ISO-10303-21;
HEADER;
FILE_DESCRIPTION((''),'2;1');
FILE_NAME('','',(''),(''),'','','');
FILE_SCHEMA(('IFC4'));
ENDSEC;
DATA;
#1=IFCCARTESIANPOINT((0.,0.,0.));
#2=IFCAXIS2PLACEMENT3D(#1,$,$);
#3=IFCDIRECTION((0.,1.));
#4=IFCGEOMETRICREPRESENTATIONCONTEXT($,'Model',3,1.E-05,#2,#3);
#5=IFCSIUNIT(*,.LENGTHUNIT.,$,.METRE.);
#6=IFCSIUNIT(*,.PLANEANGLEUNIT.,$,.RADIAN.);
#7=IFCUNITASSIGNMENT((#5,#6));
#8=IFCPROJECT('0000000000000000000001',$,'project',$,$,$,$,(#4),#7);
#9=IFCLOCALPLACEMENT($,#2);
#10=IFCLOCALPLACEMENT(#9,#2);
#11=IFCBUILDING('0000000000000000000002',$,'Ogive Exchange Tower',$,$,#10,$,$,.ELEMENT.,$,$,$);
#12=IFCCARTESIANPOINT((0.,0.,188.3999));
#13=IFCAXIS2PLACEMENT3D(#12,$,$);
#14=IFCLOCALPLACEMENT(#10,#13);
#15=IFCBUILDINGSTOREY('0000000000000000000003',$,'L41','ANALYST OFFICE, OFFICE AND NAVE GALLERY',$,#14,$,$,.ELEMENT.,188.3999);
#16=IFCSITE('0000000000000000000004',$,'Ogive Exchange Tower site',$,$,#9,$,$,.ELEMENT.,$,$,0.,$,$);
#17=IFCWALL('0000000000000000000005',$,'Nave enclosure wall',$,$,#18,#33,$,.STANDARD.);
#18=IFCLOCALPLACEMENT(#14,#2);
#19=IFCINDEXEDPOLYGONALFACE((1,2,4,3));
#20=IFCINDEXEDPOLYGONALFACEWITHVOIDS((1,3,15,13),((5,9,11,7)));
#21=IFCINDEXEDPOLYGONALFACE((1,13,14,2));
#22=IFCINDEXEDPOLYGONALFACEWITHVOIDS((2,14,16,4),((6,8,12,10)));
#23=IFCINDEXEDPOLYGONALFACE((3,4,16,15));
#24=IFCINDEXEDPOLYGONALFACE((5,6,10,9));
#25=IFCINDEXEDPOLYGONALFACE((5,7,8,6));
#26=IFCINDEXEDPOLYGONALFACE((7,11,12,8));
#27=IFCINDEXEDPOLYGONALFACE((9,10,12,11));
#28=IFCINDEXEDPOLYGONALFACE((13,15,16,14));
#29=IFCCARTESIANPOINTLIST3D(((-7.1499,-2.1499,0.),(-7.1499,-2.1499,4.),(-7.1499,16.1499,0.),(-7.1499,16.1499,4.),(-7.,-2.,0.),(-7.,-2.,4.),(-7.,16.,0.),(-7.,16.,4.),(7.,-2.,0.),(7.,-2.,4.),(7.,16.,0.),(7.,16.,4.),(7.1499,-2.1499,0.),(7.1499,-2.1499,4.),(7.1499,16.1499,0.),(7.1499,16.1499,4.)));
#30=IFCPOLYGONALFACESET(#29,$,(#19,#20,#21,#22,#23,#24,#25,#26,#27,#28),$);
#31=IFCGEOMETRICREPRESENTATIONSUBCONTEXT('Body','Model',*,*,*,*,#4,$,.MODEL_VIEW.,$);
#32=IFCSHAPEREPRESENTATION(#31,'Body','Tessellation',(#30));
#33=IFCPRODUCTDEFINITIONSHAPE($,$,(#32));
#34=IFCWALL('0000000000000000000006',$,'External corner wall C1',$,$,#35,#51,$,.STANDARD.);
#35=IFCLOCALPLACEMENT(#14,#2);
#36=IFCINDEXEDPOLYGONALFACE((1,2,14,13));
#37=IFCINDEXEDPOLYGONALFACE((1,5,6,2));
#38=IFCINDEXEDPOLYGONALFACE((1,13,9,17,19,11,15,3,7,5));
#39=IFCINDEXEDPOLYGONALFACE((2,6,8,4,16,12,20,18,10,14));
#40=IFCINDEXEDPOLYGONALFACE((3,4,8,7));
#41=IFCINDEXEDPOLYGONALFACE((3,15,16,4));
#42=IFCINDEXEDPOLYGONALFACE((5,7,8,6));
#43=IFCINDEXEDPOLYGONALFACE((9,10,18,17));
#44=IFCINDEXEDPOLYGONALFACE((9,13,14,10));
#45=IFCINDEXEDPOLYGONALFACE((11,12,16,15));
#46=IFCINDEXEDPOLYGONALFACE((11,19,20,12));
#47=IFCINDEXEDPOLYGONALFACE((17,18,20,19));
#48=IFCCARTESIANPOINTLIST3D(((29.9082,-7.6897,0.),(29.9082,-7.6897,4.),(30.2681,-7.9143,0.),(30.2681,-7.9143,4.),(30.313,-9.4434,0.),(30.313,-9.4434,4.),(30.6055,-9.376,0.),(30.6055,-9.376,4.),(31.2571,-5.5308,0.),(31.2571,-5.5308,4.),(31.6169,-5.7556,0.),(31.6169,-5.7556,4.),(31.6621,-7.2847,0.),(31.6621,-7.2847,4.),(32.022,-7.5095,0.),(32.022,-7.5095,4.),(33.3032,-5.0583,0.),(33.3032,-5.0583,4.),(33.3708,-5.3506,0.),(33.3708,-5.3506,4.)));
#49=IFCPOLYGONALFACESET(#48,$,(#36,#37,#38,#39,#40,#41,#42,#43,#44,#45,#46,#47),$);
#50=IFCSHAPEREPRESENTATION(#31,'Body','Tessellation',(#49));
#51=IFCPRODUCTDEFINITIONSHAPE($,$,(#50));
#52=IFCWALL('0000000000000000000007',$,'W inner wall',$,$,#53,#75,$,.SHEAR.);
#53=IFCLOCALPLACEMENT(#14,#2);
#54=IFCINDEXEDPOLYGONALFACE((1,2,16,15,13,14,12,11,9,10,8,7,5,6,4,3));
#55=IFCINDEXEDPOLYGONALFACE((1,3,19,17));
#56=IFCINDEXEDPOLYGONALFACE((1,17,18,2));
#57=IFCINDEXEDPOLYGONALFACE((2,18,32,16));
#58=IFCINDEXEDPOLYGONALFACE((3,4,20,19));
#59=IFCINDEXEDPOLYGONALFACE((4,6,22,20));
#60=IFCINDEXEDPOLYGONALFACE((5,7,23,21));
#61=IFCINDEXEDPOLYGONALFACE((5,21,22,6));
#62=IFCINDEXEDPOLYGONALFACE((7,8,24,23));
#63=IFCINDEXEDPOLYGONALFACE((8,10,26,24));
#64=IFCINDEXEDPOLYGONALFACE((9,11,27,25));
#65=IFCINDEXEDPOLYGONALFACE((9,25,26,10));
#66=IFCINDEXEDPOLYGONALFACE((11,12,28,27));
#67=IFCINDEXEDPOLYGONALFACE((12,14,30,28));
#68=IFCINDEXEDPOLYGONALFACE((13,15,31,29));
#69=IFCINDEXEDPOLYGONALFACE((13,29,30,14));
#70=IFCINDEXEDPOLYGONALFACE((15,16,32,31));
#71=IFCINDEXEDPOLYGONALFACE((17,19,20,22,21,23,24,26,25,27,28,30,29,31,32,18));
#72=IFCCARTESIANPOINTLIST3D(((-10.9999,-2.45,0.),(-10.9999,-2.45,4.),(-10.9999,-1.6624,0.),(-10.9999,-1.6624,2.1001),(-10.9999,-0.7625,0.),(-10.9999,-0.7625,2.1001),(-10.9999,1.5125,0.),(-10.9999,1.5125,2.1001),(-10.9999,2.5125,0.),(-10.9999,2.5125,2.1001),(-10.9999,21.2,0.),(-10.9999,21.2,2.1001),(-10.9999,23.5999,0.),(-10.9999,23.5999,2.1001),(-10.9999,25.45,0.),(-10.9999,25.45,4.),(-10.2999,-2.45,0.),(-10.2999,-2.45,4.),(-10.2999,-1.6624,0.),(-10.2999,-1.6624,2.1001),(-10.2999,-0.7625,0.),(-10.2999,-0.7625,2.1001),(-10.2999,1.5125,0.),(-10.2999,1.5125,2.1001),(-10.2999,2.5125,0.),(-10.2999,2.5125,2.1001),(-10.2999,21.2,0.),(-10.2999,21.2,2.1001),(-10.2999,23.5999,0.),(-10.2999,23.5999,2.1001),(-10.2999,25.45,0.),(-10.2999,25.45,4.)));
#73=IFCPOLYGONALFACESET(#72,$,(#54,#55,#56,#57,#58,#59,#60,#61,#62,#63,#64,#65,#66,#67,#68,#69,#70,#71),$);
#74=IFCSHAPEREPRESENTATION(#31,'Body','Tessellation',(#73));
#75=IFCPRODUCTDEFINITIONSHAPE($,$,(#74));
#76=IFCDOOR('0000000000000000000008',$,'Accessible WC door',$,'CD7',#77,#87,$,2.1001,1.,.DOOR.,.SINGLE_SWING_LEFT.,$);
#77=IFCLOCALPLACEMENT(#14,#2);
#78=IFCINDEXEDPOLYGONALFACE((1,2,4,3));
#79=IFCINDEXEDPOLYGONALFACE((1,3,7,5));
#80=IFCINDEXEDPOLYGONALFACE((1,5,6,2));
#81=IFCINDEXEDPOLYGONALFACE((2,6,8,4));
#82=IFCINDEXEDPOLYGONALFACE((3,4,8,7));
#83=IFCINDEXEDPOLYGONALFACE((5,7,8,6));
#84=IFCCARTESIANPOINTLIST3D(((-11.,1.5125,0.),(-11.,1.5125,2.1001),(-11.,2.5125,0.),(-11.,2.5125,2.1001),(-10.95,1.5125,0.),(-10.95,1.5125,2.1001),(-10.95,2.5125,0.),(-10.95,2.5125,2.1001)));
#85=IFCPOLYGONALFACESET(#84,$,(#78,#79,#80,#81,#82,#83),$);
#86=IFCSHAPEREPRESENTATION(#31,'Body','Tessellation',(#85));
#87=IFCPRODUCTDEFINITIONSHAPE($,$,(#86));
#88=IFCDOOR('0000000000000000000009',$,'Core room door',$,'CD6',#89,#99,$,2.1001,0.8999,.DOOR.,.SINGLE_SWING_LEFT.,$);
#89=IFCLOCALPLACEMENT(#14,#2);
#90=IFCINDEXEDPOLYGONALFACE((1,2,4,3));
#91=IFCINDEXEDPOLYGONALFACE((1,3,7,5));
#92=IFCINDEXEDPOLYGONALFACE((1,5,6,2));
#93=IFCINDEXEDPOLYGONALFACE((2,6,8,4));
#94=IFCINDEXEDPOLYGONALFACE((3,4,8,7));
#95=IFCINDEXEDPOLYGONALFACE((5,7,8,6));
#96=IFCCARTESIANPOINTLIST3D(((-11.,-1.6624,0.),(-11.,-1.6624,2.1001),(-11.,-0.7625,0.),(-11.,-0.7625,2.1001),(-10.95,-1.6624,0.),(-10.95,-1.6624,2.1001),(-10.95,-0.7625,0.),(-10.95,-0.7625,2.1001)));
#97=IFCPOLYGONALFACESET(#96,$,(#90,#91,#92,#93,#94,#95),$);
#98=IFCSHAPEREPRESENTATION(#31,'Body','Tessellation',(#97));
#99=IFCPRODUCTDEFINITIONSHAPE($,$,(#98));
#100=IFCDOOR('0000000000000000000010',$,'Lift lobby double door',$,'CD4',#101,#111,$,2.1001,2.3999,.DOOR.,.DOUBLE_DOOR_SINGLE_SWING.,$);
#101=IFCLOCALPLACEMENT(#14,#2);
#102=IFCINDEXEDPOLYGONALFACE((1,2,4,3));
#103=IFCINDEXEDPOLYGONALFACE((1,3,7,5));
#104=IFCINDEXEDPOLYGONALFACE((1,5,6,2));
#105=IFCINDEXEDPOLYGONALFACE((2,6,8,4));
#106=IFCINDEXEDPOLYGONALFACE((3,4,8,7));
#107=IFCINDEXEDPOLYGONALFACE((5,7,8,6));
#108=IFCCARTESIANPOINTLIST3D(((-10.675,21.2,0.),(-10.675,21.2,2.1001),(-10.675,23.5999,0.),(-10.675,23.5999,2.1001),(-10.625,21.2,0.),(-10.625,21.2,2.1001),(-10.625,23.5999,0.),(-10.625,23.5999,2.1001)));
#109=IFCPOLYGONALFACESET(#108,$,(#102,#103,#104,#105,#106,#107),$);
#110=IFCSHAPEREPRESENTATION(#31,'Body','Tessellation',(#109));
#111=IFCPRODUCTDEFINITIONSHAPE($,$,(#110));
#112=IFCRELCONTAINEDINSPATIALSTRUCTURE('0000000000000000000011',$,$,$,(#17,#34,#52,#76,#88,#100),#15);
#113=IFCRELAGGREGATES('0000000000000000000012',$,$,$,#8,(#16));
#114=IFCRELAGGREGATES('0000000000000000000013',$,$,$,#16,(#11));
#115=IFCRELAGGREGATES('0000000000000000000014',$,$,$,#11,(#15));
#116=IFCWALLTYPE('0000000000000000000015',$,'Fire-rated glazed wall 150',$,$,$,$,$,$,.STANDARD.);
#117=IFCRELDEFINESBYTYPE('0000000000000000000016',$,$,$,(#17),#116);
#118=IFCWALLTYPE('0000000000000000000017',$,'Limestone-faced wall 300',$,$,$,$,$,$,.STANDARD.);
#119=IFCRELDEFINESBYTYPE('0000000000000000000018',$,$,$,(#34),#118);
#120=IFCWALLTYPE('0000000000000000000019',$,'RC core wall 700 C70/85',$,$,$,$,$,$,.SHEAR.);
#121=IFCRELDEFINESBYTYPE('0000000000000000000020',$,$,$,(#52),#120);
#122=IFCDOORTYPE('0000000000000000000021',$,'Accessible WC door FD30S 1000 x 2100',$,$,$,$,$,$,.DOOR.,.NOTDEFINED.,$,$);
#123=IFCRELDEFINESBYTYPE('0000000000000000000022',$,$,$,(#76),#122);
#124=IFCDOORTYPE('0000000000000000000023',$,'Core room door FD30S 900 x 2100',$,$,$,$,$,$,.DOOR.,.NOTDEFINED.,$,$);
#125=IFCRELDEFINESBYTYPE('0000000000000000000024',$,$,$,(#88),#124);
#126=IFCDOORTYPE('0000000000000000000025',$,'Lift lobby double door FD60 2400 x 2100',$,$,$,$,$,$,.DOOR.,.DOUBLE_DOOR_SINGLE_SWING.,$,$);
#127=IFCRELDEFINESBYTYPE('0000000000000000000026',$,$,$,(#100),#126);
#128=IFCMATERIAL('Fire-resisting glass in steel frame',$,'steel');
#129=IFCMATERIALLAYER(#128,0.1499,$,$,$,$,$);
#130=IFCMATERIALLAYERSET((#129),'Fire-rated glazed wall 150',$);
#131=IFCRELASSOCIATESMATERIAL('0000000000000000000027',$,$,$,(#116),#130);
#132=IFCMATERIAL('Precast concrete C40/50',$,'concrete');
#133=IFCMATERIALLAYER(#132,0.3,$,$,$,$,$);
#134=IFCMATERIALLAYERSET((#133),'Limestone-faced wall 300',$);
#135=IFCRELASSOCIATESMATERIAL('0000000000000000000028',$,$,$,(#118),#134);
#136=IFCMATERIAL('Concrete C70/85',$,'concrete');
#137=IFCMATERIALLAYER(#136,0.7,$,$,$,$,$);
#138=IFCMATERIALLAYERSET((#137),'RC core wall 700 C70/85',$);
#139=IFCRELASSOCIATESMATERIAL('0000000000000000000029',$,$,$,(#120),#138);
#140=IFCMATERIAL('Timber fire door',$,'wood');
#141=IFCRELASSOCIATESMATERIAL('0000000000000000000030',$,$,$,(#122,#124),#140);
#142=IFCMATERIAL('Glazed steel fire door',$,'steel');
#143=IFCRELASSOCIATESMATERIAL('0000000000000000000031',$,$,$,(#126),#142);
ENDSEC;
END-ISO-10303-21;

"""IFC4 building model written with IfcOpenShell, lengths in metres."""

from ifc_helpers import new_model, si_unit, direction, frame, frame_2d, origin, place, context, subcontext, project, spatial, polyline, rectangle, outline, extrude, material, layer, layer_set, type_object, element, fill, save


model = new_model("IFC4")

# Units and contexts
model_context = context("Model", 3, precision=1e-05, world=origin(), true_north=direction((0.0, 1.0)))
body_context = subcontext(model_context, "Body", "Model", "MODEL_VIEW")
ifc_project = project(units=[si_unit("LENGTHUNIT", "METRE"), si_unit("PLANEANGLEUNIT", "RADIAN")], contexts=[model_context])

# Site, building, storey
site_placement = place(None, origin())
site = spatial("IfcSite", under=ifc_project, at=site_placement, Name="Ogive Exchange Tower site", CompositionType="ELEMENT", RefElevation=0.0)
building_placement = place(site_placement, origin())
building = spatial("IfcBuilding", under=site, at=building_placement, Name="Ogive Exchange Tower", CompositionType="ELEMENT")
storey_placement = place(building_placement, frame((0.0, 0.0, 188.3999)))
storey = spatial("IfcBuildingStorey", under=building, at=storey_placement, Name="L41", Description="ANALYST OFFICE, OFFICE AND NAVE GALLERY", CompositionType="ELEMENT", Elevation=188.3999)

# Walls
ifc_material_1 = material(Name="Fire-resisting glass in steel frame", Category="steel")
ifc_layer_1 = layer(ifc_material_1, 0.1499)
ifc_layer_set_1 = layer_set([ifc_layer_1], Name="Fire-rated glazed wall 150")
wall_type_1 = type_object("IfcWallType", Name="Fire-rated glazed wall 150", PredefinedType="STANDARD", material=ifc_layer_set_1)
wall_1_placement = place(storey_placement, origin())
element("IfcWall", 1, at=wall_1_placement, inside=storey, type_object=wall_type_1, Name="Nave enclosure wall", PredefinedType="STANDARD", context=body_context, shape_type="SweptSolid", body=[
    extrude(outline(polyline([(-7.1499, -2.1499), (7.1499, -2.1499), (7.1499, 16.1499), (-7.1499, 16.1499), (-7.1499, -2.1499)]), holes=[polyline([(-7.0, -2.0), (-7.0, 16.0), (7.0, 16.0), (7.0, -2.0), (-7.0, -2.0)])]), origin(), (0.0, 0.0, 1.0), 4.0),
])
ifc_material_2 = material(Name="Precast concrete C40/50", Category="concrete")
ifc_layer_2 = layer(ifc_material_2, 0.3)
ifc_layer_set_2 = layer_set([ifc_layer_2], Name="Limestone-faced wall 300")
wall_type_2 = type_object("IfcWallType", Name="Limestone-faced wall 300", PredefinedType="STANDARD", material=ifc_layer_set_2)
wall_2_placement = place(storey_placement, origin())
element("IfcWall", 2, at=wall_2_placement, inside=storey, type_object=wall_type_2, Name="External corner wall C1", PredefinedType="STANDARD", context=body_context, shape_type="SweptSolid", body=[
    extrude(outline(polyline([(31.6621, -7.2847), (31.2571, -5.5308), (33.3032, -5.0583), (33.3708, -5.3506), (31.6169, -5.7556), (32.022, -7.5095), (30.2681, -7.9143), (30.6055, -9.376), (30.313, -9.4434), (29.9082, -7.6897), (31.6621, -7.2847)])), origin(), (0.0, 0.0, 1.0), 4.0),
])

# Wall, openings, doors
ifc_material_3 = material(Name="Concrete C70/85", Category="concrete")
ifc_layer_3 = layer(ifc_material_3, 0.7)
ifc_layer_set_3 = layer_set([ifc_layer_3], Name="RC core wall 700 C70/85")
wall_type_3 = type_object("IfcWallType", Name="RC core wall 700 C70/85", PredefinedType="SHEAR", material=ifc_layer_set_3)
wall_3_placement = place(storey_placement, frame((-10.6499, -2.45, 0.0), z_axis=(0.0, 0.0, 1.0), x_axis=(0.0, 1.0, 0.0)))
wall_3 = element("IfcWall", 3, at=wall_3_placement, inside=storey, type_object=wall_type_3, Name="W inner wall", PredefinedType="SHEAR", context=body_context, shape_type="SweptSolid", body=[
    extrude(rectangle(XDim=27.8999, YDim=0.7, at=frame_2d((13.95, 0.0))), origin(), (0.0, 0.0, 1.0), 4.0),
])
opening_1_placement = place(wall_3_placement, frame((23.6499, 0.0, 0.0)))
opening_1 = element("IfcOpeningElement", 4, at=opening_1_placement, cuts=wall_3, PredefinedType="OPENING", context=body_context, shape_type="SweptSolid", body=[
    extrude(rectangle(XDim=2.3999, YDim=2.1001, at=frame_2d((1.2, 1.05))), frame((0.0, 0.3599, 0.0), z_axis=(0.0, -1.0, 0.0), x_axis=(1.0, 0.0, 0.0)), (0.0, 0.0, 1.0), 0.72),
])
opening_2_placement = place(wall_3_placement, frame((0.7876, 0.0, 0.0)))
opening_2 = element("IfcOpeningElement", 5, at=opening_2_placement, cuts=wall_3, PredefinedType="OPENING", context=body_context, shape_type="SweptSolid", body=[
    extrude(rectangle(XDim=0.8999, YDim=2.1001, at=frame_2d((0.45, 1.05))), frame((0.0, 0.3599, 0.0), z_axis=(0.0, -1.0, 0.0), x_axis=(1.0, 0.0, 0.0)), (0.0, 0.0, 1.0), 0.72),
])
opening_3_placement = place(wall_3_placement, frame((3.9624, 0.0, 0.0)))
opening_3 = element("IfcOpeningElement", 6, at=opening_3_placement, cuts=wall_3, PredefinedType="OPENING", context=body_context, shape_type="SweptSolid", body=[
    extrude(rectangle(XDim=1.0, YDim=2.1001, at=frame_2d((0.5, 1.05))), frame((0.0, 0.3599, 0.0), z_axis=(0.0, -1.0, 0.0), x_axis=(1.0, 0.0, 0.0)), (0.0, 0.0, 1.0), 0.72),
])
ifc_material_4 = material(Name="Timber fire door", Category="wood")
door_type_1 = type_object("IfcDoorType", Name="Accessible WC door FD30S 1000 x 2100", OperationType="NOTDEFINED", PredefinedType="DOOR", material=ifc_material_4)
door_1_placement = place(opening_3_placement, origin())
door_1 = element("IfcDoor", 7, at=door_1_placement, inside=storey, type_object=door_type_1, Name="Accessible WC door", ObjectType="CD7", OperationType="SINGLE_SWING_LEFT", OverallHeight=2.1001, OverallWidth=1.0, PredefinedType="DOOR", context=body_context, shape_type="SweptSolid", body=[
    extrude(rectangle(XDim=1.0, YDim=2.1001, at=frame_2d((0.5, 1.05))), frame((0.0, 0.3501, 0.0), z_axis=(0.0, -1.0, 0.0), x_axis=(1.0, 0.0, 0.0)), (0.0, 0.0, 1.0), 0.05),
])
fill(opening_3, door_1)
door_type_2 = type_object("IfcDoorType", Name="Core room door FD30S 900 x 2100", OperationType="NOTDEFINED", PredefinedType="DOOR", material=ifc_material_4)
door_2_placement = place(opening_2_placement, origin())
door_2 = element("IfcDoor", 8, at=door_2_placement, inside=storey, type_object=door_type_2, Name="Core room door", ObjectType="CD6", OperationType="SINGLE_SWING_LEFT", OverallHeight=2.1001, OverallWidth=0.8999, PredefinedType="DOOR", context=body_context, shape_type="SweptSolid", body=[
    extrude(rectangle(XDim=0.8999, YDim=2.1001, at=frame_2d((0.45, 1.05))), frame((0.0, 0.3501, 0.0), z_axis=(0.0, -1.0, 0.0), x_axis=(1.0, 0.0, 0.0)), (0.0, 0.0, 1.0), 0.05),
])
fill(opening_2, door_2)
ifc_material_5 = material(Name="Glazed steel fire door", Category="steel")
door_type_3 = type_object("IfcDoorType", Name="Lift lobby double door FD60 2400 x 2100", OperationType="DOUBLE_DOOR_SINGLE_SWING", PredefinedType="DOOR", material=ifc_material_5)
door_3_placement = place(opening_1_placement, frame((2.3999, 0.0, 0.0), z_axis=(0.0, 0.0, 1.0), x_axis=(-1.0, 0.0, 0.0)))
door_3 = element("IfcDoor", 9, at=door_3_placement, inside=storey, type_object=door_type_3, Name="Lift lobby double door", ObjectType="CD4", OperationType="DOUBLE_DOOR_SINGLE_SWING", OverallHeight=2.1001, OverallWidth=2.3999, PredefinedType="DOOR", context=body_context, shape_type="SweptSolid", body=[
    extrude(rectangle(XDim=2.3999, YDim=2.1001, at=frame_2d((1.2, 1.05))), frame((0.0, 0.0249, 0.0), z_axis=(0.0, -1.0, 0.0), x_axis=(1.0, 0.0, 0.0)), (0.0, 0.0, 1.0), 0.05),
])
fill(opening_1, door_3)

save(model, "model.ifc")
